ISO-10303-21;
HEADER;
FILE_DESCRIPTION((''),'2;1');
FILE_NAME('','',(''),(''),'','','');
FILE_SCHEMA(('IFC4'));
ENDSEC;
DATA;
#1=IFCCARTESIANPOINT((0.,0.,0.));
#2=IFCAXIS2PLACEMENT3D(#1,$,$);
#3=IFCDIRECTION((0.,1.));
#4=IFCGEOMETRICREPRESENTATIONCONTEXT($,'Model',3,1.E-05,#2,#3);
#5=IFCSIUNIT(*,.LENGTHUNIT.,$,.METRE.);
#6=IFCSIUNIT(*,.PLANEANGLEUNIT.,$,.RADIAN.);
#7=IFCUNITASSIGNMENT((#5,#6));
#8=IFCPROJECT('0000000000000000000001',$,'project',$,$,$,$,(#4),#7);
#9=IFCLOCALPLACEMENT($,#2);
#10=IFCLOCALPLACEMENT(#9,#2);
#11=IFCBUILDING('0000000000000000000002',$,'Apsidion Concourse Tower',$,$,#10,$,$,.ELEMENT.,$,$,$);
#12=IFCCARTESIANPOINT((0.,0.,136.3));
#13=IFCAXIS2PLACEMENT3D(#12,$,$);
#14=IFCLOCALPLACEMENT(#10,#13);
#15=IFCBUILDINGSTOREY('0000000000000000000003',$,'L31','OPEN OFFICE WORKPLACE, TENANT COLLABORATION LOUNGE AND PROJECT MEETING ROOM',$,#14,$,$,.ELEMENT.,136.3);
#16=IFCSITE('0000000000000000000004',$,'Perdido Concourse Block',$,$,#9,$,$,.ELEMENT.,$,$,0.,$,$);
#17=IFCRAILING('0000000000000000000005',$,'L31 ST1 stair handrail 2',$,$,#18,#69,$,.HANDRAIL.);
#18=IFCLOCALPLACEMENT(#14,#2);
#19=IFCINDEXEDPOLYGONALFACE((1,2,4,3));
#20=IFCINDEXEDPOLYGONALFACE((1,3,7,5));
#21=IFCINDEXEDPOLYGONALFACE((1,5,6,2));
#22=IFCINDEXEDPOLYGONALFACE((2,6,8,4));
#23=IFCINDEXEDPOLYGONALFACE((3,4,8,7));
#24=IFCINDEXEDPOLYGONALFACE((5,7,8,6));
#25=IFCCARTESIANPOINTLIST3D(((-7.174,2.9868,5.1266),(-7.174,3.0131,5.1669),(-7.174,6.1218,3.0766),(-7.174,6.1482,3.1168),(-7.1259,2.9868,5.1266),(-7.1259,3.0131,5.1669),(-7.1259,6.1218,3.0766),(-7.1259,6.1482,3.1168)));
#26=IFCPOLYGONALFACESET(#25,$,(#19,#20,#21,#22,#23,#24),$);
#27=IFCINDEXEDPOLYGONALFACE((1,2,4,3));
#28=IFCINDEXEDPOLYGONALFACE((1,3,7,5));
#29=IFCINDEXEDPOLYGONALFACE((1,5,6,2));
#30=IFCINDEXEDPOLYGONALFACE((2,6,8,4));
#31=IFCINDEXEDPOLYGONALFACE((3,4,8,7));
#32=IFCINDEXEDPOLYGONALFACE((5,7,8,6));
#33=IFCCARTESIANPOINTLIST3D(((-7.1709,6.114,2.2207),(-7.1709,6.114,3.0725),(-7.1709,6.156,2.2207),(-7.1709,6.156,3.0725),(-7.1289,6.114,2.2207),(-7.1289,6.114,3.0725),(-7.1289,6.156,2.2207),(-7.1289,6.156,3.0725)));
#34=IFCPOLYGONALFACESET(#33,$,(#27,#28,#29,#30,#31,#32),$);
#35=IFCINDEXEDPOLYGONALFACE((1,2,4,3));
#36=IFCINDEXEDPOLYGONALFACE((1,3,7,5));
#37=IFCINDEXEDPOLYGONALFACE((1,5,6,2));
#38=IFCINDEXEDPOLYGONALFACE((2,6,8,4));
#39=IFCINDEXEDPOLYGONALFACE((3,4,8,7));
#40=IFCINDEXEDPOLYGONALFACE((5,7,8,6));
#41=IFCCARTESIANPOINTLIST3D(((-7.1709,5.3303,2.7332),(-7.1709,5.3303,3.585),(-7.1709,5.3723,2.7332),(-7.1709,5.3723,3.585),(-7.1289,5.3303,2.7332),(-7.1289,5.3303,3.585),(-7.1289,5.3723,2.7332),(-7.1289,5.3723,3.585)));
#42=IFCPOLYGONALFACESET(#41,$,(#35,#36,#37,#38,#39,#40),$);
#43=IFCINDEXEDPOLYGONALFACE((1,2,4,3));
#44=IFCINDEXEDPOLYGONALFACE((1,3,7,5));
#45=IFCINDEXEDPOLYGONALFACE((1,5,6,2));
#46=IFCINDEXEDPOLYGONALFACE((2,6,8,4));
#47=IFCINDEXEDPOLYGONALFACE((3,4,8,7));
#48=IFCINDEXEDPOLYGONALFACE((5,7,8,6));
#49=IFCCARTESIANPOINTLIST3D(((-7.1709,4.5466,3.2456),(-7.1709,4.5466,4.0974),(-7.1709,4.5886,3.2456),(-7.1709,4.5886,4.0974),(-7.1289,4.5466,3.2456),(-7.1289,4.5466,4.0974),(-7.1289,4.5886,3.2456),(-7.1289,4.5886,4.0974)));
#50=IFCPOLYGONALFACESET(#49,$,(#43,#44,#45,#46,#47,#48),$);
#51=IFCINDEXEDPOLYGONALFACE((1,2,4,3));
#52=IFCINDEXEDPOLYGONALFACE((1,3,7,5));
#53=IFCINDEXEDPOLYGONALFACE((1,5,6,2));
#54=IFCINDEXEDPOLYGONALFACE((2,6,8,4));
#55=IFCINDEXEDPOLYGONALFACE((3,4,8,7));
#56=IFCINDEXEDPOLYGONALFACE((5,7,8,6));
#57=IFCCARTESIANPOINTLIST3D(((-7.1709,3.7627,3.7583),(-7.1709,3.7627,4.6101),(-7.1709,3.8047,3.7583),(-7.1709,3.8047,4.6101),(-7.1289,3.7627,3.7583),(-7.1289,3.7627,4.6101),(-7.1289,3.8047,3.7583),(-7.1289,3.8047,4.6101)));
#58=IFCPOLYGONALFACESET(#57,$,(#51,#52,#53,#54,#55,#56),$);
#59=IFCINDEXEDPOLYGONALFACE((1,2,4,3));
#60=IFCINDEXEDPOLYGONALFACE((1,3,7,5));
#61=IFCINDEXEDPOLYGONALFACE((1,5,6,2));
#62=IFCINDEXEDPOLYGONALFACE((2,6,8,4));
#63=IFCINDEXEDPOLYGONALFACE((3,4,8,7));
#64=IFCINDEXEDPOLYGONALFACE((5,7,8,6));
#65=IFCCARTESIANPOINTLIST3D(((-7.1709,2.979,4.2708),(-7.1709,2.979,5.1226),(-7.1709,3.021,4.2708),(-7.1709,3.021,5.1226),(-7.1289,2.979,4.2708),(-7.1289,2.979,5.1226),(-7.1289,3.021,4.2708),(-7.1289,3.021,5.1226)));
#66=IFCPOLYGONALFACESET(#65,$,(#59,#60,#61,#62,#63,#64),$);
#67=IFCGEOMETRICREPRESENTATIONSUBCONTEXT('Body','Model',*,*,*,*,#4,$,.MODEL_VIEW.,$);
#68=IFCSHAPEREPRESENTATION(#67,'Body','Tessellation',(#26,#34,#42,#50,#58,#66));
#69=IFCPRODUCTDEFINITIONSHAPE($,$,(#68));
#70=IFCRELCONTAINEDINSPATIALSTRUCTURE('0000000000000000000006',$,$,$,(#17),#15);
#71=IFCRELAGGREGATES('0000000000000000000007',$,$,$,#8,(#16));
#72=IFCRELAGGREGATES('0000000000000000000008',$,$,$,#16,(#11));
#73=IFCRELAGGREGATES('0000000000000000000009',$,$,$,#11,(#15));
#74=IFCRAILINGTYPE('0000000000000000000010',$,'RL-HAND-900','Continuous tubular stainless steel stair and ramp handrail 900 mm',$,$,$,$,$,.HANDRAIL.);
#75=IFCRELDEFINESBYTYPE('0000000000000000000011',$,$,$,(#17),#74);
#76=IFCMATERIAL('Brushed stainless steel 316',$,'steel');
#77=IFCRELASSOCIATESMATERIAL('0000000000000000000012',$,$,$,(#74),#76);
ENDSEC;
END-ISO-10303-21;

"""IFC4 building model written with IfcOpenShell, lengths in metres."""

from ifc_helpers import new_model, si_unit, direction, frame, origin, origin_2d, place, context, subcontext, project, spatial, rectangle, extrude, material, type_object, element, save


model = new_model("IFC4")

# Units and contexts
model_context = context("Model", 3, precision=1e-05, world=origin(), true_north=direction((0.0, 1.0)))
body_context = subcontext(model_context, "Body", "Model", "MODEL_VIEW")
ifc_project = project(units=[si_unit("LENGTHUNIT", "METRE"), si_unit("PLANEANGLEUNIT", "RADIAN")], contexts=[model_context])

# Site, building, storey
site_placement = place(None, origin())
site = spatial("IfcSite", under=ifc_project, at=site_placement, Name="Perdido Concourse Block", CompositionType="ELEMENT", RefElevation=0.0)
building_placement = place(site_placement, origin())
building = spatial("IfcBuilding", under=site, at=building_placement, Name="Apsidion Concourse Tower", CompositionType="ELEMENT")
storey_placement = place(building_placement, frame((0.0, 0.0, 136.3)))
storey = spatial("IfcBuildingStorey", under=building, at=storey_placement, Name="L31", Description="OPEN OFFICE WORKPLACE, TENANT COLLABORATION LOUNGE AND PROJECT MEETING ROOM", CompositionType="ELEMENT", Elevation=136.3)

# Shared definitions
ifc_material_1 = material(Name="Brushed stainless steel 316", Category="steel")

# Railing
railing_type_1 = type_object("IfcRailingType", Name="RL-HAND-900", Description="Continuous tubular stainless steel stair and ramp handrail 900 mm", PredefinedType="HANDRAIL", material=ifc_material_1)
railing_1_placement = place(storey_placement, frame((-7.1499, 6.135, 2.2207)))
element("IfcRailing", 1, at=railing_1_placement, inside=storey, type_object=railing_type_1, Name="L31 ST1 stair handrail 2", PredefinedType="HANDRAIL", context=body_context, shape_type="SweptSolid", body=[
    extrude(rectangle(XDim=0.0481, YDim=0.0481, at=origin_2d()), frame((0.0, 0.0, 0.876), z_axis=(0.0, -0.836941, 0.547293), x_axis=(1.0, 0.0, 0.0)), (0.0, 0.0, 1.0), 3.7458),
    extrude(rectangle(XDim=0.042, YDim=0.042, at=origin_2d()), origin(), (0.0, 0.0, 1.0), 0.8518),
    extrude(rectangle(XDim=0.042, YDim=0.042, at=origin_2d()), frame((0.0, -0.7837, 0.5125)), (0.0, 0.0, 1.0), 0.8518),
    extrude(rectangle(XDim=0.042, YDim=0.042, at=origin_2d()), frame((0.0, -1.5674, 1.0249)), (0.0, 0.0, 1.0), 0.8518),
    extrude(rectangle(XDim=0.042, YDim=0.042, at=origin_2d()), frame((0.0, -2.3513, 1.5376)), (0.0, 0.0, 1.0), 0.8518),
    extrude(rectangle(XDim=0.042, YDim=0.042, at=origin_2d()), frame((0.0, -3.135, 2.05)), (0.0, 0.0, 1.0), 0.8518),
])

save(model, "model.ifc")
